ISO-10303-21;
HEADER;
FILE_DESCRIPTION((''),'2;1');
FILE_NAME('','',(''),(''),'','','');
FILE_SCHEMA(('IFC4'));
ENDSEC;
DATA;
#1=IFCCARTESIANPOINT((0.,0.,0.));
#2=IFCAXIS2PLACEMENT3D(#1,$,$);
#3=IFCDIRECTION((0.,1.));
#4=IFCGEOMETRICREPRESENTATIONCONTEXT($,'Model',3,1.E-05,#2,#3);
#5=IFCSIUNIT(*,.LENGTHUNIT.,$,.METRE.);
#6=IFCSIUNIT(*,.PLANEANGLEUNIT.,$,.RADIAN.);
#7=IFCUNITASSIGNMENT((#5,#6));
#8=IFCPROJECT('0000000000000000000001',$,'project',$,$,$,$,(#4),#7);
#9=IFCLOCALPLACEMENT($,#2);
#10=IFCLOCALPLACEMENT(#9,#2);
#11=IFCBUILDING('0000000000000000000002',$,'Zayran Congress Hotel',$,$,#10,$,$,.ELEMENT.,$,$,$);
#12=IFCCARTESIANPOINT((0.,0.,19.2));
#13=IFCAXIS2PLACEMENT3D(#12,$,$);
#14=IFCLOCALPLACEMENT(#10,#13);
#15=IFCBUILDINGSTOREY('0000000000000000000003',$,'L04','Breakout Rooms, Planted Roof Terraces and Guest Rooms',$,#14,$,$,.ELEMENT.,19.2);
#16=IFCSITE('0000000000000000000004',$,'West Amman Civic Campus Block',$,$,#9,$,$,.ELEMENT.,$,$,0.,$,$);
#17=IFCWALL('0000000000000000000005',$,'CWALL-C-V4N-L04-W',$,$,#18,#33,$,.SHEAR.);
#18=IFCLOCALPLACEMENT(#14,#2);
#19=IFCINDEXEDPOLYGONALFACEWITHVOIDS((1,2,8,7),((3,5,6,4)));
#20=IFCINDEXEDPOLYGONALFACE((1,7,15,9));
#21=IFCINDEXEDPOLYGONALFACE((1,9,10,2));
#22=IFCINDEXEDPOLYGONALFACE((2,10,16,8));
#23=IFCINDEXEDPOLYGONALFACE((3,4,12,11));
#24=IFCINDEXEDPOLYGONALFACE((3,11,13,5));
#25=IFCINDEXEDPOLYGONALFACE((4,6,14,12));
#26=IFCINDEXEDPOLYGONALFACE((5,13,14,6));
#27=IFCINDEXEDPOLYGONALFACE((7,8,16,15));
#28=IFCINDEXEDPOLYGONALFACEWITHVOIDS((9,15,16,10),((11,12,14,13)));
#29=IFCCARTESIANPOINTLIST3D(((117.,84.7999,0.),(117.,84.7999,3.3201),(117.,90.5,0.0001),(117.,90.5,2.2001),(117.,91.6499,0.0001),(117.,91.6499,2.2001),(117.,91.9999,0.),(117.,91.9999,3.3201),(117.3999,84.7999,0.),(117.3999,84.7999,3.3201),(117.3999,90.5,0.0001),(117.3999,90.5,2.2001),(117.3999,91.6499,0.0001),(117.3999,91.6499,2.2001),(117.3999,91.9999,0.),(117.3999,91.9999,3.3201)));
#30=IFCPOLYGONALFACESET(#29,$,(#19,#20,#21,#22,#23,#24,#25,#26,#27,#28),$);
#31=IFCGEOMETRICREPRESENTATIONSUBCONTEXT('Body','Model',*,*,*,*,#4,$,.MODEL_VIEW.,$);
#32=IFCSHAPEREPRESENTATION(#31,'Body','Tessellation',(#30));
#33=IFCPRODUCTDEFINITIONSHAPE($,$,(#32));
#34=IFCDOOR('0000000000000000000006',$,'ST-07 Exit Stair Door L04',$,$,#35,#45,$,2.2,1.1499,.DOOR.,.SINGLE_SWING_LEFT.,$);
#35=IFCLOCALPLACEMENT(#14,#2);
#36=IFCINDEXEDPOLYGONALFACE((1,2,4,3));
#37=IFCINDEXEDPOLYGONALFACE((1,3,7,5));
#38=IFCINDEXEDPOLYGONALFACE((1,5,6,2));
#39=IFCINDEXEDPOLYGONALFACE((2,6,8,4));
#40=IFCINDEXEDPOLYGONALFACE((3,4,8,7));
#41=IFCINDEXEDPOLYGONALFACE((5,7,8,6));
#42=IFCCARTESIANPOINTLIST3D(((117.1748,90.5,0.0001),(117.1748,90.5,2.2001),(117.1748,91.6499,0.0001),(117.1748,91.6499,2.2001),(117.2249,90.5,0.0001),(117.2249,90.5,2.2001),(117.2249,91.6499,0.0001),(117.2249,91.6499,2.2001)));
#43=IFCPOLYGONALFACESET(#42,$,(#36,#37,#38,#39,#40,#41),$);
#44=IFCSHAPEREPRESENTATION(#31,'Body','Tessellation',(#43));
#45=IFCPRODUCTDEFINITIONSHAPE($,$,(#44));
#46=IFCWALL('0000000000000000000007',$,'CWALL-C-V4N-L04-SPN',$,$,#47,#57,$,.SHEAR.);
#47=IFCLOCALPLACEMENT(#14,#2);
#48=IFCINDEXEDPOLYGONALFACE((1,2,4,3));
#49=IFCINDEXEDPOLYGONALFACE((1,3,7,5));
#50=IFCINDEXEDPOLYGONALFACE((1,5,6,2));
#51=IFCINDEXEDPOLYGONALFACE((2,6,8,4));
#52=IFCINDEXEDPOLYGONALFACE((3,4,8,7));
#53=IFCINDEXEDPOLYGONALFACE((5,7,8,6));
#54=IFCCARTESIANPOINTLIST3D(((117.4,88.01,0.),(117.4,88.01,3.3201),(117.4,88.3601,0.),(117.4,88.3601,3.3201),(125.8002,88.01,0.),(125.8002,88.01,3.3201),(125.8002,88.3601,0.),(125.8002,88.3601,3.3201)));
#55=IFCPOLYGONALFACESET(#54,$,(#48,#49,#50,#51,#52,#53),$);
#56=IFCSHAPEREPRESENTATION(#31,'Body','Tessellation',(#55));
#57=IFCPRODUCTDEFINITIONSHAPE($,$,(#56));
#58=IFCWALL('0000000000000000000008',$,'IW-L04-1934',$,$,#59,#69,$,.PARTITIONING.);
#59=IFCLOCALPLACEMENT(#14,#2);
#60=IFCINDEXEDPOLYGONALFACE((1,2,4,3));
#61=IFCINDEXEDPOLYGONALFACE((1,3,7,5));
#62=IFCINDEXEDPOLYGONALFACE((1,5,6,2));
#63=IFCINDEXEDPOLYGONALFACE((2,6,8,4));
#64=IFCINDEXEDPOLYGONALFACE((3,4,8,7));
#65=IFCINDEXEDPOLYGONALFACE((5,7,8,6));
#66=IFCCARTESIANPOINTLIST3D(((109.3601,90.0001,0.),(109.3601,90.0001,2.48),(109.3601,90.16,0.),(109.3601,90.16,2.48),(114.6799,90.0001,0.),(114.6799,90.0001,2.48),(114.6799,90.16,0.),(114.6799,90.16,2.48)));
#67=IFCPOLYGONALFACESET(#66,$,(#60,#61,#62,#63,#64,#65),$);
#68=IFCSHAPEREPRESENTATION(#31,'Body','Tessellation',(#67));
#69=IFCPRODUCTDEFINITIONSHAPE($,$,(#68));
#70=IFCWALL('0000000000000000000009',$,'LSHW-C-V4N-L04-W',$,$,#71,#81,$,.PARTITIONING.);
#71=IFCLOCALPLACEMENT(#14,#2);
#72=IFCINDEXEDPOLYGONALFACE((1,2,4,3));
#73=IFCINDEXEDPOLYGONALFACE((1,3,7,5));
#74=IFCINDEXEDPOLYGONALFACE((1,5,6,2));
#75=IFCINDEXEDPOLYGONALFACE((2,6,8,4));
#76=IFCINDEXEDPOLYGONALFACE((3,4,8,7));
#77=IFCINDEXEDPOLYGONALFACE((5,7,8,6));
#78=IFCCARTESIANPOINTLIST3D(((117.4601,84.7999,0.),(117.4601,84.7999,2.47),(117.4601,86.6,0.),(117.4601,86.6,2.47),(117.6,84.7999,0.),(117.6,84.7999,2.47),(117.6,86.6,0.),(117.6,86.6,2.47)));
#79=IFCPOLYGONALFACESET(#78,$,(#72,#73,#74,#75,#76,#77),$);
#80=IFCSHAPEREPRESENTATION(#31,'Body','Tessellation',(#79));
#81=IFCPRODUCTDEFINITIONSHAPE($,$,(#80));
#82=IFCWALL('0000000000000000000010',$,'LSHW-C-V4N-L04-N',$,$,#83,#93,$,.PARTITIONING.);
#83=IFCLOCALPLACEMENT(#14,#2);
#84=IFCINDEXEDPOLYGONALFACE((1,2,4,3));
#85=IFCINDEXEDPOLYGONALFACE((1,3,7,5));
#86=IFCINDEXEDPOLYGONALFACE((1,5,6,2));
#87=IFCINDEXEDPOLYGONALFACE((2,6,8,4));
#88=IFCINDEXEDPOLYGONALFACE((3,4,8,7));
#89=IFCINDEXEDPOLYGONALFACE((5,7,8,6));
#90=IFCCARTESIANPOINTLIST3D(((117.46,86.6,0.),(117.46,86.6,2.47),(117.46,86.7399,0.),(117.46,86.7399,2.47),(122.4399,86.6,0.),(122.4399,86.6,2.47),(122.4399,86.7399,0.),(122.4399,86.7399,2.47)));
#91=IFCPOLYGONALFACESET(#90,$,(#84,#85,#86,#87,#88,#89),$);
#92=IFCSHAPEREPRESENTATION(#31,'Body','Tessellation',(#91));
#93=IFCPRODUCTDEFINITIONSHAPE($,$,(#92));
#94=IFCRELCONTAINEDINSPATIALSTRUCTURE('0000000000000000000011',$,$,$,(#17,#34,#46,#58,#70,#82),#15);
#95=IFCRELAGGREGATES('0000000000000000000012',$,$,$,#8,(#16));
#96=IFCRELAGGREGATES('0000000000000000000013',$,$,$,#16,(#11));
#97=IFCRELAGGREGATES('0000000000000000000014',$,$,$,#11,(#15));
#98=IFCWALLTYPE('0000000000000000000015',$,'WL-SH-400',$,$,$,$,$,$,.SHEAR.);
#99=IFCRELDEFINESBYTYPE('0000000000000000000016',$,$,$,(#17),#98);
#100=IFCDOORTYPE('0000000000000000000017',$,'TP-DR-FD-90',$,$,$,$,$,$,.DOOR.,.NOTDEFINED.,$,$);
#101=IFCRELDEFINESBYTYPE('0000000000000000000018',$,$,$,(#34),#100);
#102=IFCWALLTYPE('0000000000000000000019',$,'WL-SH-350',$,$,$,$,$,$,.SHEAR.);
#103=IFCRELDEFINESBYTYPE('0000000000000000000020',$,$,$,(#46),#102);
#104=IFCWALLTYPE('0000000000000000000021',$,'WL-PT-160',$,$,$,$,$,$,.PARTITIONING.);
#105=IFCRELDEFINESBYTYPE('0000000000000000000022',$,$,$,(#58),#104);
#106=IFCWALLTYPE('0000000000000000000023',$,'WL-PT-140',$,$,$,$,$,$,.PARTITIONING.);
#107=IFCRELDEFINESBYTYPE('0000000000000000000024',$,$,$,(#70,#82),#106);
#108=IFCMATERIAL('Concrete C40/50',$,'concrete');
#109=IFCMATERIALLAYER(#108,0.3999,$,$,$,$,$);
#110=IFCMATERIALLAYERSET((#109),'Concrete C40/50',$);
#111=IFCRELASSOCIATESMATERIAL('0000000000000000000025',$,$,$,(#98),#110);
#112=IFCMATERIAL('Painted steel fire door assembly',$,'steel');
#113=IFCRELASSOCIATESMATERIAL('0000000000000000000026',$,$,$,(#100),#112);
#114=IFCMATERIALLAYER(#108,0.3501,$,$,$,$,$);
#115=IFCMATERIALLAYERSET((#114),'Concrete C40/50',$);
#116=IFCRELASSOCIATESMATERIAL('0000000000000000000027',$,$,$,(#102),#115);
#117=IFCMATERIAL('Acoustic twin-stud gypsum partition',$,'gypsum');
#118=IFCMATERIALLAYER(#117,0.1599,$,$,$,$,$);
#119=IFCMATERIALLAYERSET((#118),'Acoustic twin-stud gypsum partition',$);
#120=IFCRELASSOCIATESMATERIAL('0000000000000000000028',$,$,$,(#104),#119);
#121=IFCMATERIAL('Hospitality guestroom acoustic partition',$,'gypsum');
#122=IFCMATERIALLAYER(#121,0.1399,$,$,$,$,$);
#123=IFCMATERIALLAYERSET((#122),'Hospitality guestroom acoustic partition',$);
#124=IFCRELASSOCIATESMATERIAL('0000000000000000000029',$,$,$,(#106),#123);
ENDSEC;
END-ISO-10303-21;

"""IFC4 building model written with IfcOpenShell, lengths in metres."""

from ifc_helpers import new_model, si_unit, direction, frame, frame_2d, origin, place, context, subcontext, project, spatial, rectangle, extrude, material, layer, layer_set, type_object, element, fill, save


model = new_model("IFC4")

# Units and contexts
model_context = context("Model", 3, precision=1e-05, world=origin(), true_north=direction((0.0, 1.0)))
body_context = subcontext(model_context, "Body", "Model", "MODEL_VIEW")
ifc_project = project(units=[si_unit("LENGTHUNIT", "METRE"), si_unit("PLANEANGLEUNIT", "RADIAN")], contexts=[model_context])

# Site, building, storey
site_placement = place(None, origin())
site = spatial("IfcSite", under=ifc_project, at=site_placement, Name="West Amman Civic Campus Block", CompositionType="ELEMENT", RefElevation=0.0)
building_placement = place(site_placement, origin())
building = spatial("IfcBuilding", under=site, at=building_placement, Name="Zayran Congress Hotel", CompositionType="ELEMENT")
storey_placement = place(building_placement, frame((0.0, 0.0, 19.2)))
storey = spatial("IfcBuildingStorey", under=building, at=storey_placement, Name="L04", Description="Breakout Rooms, Planted Roof Terraces and Guest Rooms", CompositionType="ELEMENT", Elevation=19.2)

# Shared definitions
ifc_material_1 = material(Name="Concrete C40/50", Category="concrete")

# Shared definitions
ifc_layer_1 = layer(ifc_material_1, 0.3999)
ifc_layer_set_1 = layer_set([ifc_layer_1], Name="Concrete C40/50")
wall_type_1 = type_object("IfcWallType", Name="WL-SH-400", PredefinedType="SHEAR", material=ifc_layer_set_1)

# Wall, opening, door
wall_1_placement = place(storey_placement, frame((117.2, 92.0, 0.0), z_axis=(0.0, 0.0, 1.0), x_axis=(0.0, -1.0, 0.0)))
wall_1 = element("IfcWall", 1, at=wall_1_placement, inside=storey, type_object=wall_type_1, Name="CWALL-C-V4N-L04-W", PredefinedType="SHEAR", context=body_context, shape_type="SweptSolid", body=[
    extrude(rectangle(XDim=7.2, YDim=0.3999, at=frame_2d((3.6001, 0.0))), origin(), (0.0, 0.0, 1.0), 3.3201),
])
opening_1_placement = place(wall_1_placement, frame((0.3501, 0.0, 0.0)))
opening_1 = element("IfcOpeningElement", 2, at=opening_1_placement, cuts=wall_1, PredefinedType="OPENING", context=body_context, shape_type="SweptSolid", body=[
    extrude(rectangle(XDim=1.1499, YDim=2.2, at=frame_2d((0.575, 1.1001))), frame((0.0, 0.21, 0.0), z_axis=(0.0, -1.0, 0.0), x_axis=(1.0, 0.0, 0.0)), (0.0, 0.0, 1.0), 0.4199),
])
ifc_material_2 = material(Name="Painted steel fire door assembly", Category="steel")
door_type_1 = type_object("IfcDoorType", Name="TP-DR-FD-90", OperationType="NOTDEFINED", PredefinedType="DOOR", material=ifc_material_2)
door_1_placement = place(opening_1_placement, origin())
door_1 = element("IfcDoor", 3, at=door_1_placement, inside=storey, type_object=door_type_1, Name="ST-07 Exit Stair Door L04", OperationType="SINGLE_SWING_LEFT", OverallHeight=2.2, OverallWidth=1.1499, PredefinedType="DOOR", context=body_context, shape_type="SweptSolid", body=[
    extrude(rectangle(XDim=1.1499, YDim=2.2, at=frame_2d((0.575, 1.1001))), frame((0.0, 0.0249, 0.0), z_axis=(0.0, -1.0, 0.0), x_axis=(1.0, 0.0, 0.0)), (0.0, 0.0, 1.0), 0.05),
])
fill(opening_1, door_1)

# Walls
ifc_layer_2 = layer(ifc_material_1, 0.3501)
ifc_layer_set_2 = layer_set([ifc_layer_2], Name="Concrete C40/50")
wall_type_2 = type_object("IfcWallType", Name="WL-SH-350", PredefinedType="SHEAR", material=ifc_layer_set_2)
wall_2_placement = place(storey_placement, frame((117.3999, 88.1851, 0.0), z_axis=(0.0, 0.0, 1.0), x_axis=(1.0, 0.0, 0.0)))
element("IfcWall", 4, at=wall_2_placement, inside=storey, type_object=wall_type_2, Name="CWALL-C-V4N-L04-SPN", PredefinedType="SHEAR", context=body_context, shape_type="SweptSolid", body=[
    extrude(rectangle(XDim=8.4001, YDim=0.3501, at=frame_2d((4.2002, 0.0))), origin(), (0.0, 0.0, 1.0), 3.3201),
])
ifc_material_3 = material(Name="Acoustic twin-stud gypsum partition", Category="gypsum")
ifc_layer_3 = layer(ifc_material_3, 0.1599)
ifc_layer_set_3 = layer_set([ifc_layer_3], Name="Acoustic twin-stud gypsum partition")
wall_type_3 = type_object("IfcWallType", Name="WL-PT-160", PredefinedType="PARTITIONING", material=ifc_layer_set_3)
wall_3_placement = place(storey_placement, frame((109.3601, 90.0801, 0.0), z_axis=(0.0, 0.0, 1.0), x_axis=(1.0, 0.0, 0.0)))
element("IfcWall", 5, at=wall_3_placement, inside=storey, type_object=wall_type_3, Name="IW-L04-1934", PredefinedType="PARTITIONING", context=body_context, shape_type="SweptSolid", body=[
    extrude(rectangle(XDim=5.3198, YDim=0.1599, at=frame_2d((2.6599, 0.0))), origin(), (0.0, 0.0, 1.0), 2.48),
])
ifc_material_4 = material(Name="Hospitality guestroom acoustic partition", Category="gypsum")
ifc_layer_4 = layer(ifc_material_4, 0.1399)
ifc_layer_set_4 = layer_set([ifc_layer_4], Name="Hospitality guestroom acoustic partition")
wall_type_4 = type_object("IfcWallType", Name="WL-PT-140", PredefinedType="PARTITIONING", material=ifc_layer_set_4)
wall_4_placement = place(storey_placement, frame((117.53, 84.8, 0.0), z_axis=(0.0, 0.0, 1.0), x_axis=(0.0, 1.0, 0.0)))
element("IfcWall", 6, at=wall_4_placement, inside=storey, type_object=wall_type_4, Name="LSHW-C-V4N-L04-W", PredefinedType="PARTITIONING", context=body_context, shape_type="SweptSolid", body=[
    extrude(rectangle(XDim=1.8, YDim=0.1399, at=frame_2d((0.8999, 0.0))), origin(), (0.0, 0.0, 1.0), 2.47),
])
wall_5_placement = place(storey_placement, frame((117.46, 86.6699, 0.0), z_axis=(0.0, 0.0, 1.0), x_axis=(1.0, 0.0, 0.0)))
element("IfcWall", 7, at=wall_5_placement, inside=storey, type_object=wall_type_4, Name="LSHW-C-V4N-L04-N", PredefinedType="PARTITIONING", context=body_context, shape_type="SweptSolid", body=[
    extrude(rectangle(XDim=4.98, YDim=0.1399, at=frame_2d((2.49, 0.0))), origin(), (0.0, 0.0, 1.0), 2.47),
])

save(model, "model.ifc")
